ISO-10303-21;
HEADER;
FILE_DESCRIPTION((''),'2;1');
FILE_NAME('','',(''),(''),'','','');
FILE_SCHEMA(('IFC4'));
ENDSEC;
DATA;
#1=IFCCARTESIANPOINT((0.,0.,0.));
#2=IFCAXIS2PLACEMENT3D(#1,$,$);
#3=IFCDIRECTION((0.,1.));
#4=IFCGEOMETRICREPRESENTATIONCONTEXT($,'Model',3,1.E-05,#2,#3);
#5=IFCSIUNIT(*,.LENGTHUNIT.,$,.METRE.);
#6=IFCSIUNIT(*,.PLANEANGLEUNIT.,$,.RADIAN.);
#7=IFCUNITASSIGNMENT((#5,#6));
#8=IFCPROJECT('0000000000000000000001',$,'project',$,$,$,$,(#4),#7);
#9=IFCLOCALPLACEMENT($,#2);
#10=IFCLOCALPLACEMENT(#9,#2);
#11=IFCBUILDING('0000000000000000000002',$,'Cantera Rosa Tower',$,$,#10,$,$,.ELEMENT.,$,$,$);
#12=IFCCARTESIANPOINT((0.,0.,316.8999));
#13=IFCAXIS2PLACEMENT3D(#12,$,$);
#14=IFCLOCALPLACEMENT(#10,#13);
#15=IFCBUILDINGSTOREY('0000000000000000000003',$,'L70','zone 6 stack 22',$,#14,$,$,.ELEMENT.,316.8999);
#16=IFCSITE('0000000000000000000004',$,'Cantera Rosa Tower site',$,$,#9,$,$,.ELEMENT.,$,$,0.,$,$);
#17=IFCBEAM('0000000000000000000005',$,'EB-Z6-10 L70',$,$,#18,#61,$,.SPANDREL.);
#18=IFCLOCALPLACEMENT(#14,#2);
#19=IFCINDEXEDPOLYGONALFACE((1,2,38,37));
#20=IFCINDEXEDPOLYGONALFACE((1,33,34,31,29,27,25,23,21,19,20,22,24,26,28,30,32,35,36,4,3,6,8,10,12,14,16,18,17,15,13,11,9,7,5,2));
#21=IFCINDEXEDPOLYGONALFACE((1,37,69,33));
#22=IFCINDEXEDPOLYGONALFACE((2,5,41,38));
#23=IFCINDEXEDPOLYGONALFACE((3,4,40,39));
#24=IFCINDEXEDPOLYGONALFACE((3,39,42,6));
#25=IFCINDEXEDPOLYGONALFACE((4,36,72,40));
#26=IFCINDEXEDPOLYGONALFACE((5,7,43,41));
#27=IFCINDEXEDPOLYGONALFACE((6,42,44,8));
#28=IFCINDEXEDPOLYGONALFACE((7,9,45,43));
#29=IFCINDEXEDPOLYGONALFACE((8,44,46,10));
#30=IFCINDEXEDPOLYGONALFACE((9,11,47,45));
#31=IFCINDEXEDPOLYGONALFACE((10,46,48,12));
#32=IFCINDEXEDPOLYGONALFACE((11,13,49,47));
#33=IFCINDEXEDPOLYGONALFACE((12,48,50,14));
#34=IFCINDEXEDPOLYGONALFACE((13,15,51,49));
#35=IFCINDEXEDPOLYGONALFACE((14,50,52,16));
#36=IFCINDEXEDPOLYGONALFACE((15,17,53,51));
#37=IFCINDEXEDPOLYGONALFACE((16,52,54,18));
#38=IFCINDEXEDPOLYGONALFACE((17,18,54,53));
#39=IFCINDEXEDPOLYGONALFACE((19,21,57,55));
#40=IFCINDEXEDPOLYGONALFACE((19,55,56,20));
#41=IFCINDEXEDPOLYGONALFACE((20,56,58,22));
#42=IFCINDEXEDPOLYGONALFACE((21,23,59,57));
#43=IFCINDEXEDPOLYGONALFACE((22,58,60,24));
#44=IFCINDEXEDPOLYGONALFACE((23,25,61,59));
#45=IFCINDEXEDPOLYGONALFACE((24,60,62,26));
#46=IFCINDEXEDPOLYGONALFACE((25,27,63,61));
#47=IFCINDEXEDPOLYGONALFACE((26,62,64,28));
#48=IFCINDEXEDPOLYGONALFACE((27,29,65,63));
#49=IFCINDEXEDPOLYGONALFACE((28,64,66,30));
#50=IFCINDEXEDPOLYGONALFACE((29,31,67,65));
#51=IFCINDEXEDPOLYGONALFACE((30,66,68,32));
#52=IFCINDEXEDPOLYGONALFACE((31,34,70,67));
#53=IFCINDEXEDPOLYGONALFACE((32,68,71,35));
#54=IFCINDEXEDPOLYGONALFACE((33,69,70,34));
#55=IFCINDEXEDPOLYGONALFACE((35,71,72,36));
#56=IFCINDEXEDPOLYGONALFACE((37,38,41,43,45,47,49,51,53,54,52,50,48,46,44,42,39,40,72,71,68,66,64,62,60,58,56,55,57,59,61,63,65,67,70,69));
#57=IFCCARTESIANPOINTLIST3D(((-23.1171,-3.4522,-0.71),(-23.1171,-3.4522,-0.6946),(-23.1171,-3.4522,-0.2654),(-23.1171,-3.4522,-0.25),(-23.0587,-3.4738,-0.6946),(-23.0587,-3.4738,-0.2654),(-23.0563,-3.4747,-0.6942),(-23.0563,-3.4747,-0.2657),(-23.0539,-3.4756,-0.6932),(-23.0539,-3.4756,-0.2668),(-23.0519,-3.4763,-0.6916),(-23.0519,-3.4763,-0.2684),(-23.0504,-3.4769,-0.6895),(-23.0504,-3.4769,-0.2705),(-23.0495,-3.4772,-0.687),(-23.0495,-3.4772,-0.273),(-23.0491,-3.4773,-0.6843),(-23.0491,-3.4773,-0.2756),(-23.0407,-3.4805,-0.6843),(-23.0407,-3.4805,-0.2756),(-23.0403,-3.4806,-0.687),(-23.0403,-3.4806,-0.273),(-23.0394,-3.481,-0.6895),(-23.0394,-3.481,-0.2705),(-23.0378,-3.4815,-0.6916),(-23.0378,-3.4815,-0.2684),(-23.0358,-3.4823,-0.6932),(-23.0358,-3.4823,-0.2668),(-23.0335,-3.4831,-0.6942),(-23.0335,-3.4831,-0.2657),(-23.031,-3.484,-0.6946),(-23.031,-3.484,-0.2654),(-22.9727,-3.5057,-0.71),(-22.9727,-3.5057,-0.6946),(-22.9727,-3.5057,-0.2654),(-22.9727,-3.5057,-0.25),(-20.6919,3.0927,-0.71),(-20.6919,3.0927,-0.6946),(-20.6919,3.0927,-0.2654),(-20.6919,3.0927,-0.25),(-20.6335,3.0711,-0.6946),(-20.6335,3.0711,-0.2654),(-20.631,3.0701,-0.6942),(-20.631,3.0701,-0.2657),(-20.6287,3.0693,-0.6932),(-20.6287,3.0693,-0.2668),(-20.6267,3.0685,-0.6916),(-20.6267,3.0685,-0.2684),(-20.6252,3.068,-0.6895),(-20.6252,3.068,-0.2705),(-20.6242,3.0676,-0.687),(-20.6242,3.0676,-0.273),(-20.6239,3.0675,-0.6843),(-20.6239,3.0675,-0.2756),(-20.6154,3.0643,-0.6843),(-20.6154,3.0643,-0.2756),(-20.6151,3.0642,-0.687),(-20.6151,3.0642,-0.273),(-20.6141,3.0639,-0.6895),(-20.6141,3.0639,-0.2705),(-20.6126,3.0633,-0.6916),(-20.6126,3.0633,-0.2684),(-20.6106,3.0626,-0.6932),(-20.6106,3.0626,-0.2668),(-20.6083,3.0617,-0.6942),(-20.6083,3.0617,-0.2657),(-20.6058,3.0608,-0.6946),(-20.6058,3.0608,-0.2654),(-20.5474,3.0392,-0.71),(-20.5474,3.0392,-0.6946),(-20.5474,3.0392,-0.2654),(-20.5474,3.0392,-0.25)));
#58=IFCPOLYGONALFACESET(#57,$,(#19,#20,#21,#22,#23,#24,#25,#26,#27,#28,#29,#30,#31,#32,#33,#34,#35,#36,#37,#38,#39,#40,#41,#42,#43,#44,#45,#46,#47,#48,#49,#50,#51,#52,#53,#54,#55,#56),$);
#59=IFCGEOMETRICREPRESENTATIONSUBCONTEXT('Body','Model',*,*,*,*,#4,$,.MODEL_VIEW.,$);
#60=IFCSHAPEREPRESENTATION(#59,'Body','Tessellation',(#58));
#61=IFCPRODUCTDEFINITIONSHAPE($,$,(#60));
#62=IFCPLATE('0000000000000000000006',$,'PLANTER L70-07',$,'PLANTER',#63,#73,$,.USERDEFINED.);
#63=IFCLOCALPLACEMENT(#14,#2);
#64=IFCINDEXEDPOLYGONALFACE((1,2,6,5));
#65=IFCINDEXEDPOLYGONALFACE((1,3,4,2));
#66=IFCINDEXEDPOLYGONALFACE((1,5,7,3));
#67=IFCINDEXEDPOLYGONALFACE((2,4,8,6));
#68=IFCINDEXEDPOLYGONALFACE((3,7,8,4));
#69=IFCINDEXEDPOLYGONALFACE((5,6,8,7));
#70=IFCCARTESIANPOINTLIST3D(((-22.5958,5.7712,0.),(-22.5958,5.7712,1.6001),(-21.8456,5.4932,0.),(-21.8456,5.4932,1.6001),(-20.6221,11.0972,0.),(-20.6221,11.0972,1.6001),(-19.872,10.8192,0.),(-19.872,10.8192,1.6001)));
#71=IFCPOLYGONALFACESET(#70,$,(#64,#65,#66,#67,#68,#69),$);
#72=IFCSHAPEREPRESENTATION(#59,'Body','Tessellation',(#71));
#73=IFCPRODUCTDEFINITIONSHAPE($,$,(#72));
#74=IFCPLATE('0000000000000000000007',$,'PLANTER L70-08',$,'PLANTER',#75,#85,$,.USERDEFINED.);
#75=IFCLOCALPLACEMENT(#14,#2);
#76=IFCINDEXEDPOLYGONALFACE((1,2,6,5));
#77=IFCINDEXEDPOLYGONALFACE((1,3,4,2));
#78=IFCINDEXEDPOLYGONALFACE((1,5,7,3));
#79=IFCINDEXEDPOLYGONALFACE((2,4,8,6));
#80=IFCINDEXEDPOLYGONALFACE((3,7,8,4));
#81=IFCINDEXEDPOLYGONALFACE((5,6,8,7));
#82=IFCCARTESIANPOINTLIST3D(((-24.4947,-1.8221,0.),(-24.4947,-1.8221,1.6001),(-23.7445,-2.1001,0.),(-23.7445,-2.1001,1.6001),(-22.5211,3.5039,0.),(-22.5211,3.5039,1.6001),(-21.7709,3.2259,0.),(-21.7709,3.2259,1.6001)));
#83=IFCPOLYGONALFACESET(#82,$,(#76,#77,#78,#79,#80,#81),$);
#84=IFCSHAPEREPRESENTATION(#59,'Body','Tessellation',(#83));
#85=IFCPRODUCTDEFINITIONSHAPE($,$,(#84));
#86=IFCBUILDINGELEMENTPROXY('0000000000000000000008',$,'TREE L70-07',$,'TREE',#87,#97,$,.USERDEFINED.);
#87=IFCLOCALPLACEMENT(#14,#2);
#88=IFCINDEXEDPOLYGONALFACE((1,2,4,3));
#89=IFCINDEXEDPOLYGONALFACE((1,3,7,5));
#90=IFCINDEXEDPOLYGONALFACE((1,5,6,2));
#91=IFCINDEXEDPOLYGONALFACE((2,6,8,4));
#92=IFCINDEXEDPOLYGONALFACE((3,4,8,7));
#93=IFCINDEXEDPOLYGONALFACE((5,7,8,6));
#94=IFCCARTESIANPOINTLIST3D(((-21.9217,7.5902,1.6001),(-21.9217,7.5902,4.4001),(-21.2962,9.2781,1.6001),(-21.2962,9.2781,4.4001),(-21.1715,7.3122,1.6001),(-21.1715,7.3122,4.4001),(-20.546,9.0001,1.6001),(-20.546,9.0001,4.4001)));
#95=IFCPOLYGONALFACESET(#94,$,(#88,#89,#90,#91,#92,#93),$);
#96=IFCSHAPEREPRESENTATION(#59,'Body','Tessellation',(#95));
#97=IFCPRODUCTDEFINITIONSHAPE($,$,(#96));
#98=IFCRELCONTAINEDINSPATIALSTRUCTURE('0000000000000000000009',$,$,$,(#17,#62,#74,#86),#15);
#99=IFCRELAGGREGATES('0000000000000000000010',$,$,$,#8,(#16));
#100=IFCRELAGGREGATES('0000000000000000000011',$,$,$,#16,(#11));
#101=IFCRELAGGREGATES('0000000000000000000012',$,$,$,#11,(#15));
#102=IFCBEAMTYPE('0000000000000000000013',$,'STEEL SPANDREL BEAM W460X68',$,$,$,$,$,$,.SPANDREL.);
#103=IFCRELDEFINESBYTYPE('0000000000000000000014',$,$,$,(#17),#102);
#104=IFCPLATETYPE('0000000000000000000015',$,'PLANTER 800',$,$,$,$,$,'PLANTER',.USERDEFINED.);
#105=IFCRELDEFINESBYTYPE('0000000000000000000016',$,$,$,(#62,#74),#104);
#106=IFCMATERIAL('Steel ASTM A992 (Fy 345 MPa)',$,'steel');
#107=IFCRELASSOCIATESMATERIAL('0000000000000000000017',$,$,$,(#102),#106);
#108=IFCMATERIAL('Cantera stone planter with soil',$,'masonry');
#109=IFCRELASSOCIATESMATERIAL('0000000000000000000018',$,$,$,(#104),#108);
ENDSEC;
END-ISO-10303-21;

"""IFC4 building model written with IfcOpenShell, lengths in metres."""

from ifc_helpers import new_model, si_unit, direction, frame, origin, origin_2d, place, context, subcontext, project, spatial, rectangle, i_section, extrude, material, material_profile, profile_set, type_object, element, save


model = new_model("IFC4")

# Units and contexts
model_context = context("Model", 3, precision=1e-05, world=origin(), true_north=direction((0.0, 1.0)))
body_context = subcontext(model_context, "Body", "Model", "MODEL_VIEW")
ifc_project = project(units=[si_unit("LENGTHUNIT", "METRE"), si_unit("PLANEANGLEUNIT", "RADIAN")], contexts=[model_context])

# Site, building, storey
site_placement = place(None, origin())
site = spatial("IfcSite", under=ifc_project, at=site_placement, Name="Cantera Rosa Tower site", CompositionType="ELEMENT", RefElevation=0.0)
building_placement = place(site_placement, origin())
building = spatial("IfcBuilding", under=site, at=building_placement, Name="Cantera Rosa Tower", CompositionType="ELEMENT")
storey_placement = place(building_placement, frame((0.0, 0.0, 316.8999)))
storey = spatial("IfcBuildingStorey", under=building, at=storey_placement, Name="L70", Description="zone 6 stack 22", CompositionType="ELEMENT", Elevation=316.8999)

# Beam
ifc_material_1 = material(Name="Steel ASTM A992 (Fy 345 MPa)", Category="steel")
ifc_material_profile_1 = material_profile(ifc_material_1, i_section(OverallWidth=0.1541, OverallDepth=0.46, WebThickness=0.009, FlangeThickness=0.0154, FilletRadius=0.0103, at=origin_2d()), Name="W460X68")
ifc_profile_set_1 = profile_set([ifc_material_profile_1], Name="Steel ASTM A992 (Fy 345 MPa)")
beam_type_1 = type_object("IfcBeamType", Name="STEEL SPANDREL BEAM W460X68", PredefinedType="SPANDREL", material=ifc_profile_set_1)
beam_1_placement = place(storey_placement, frame((-20.6196, 3.0659, -0.48), z_axis=(-0.347472, -0.937691, 0.0), x_axis=(0.937691, -0.347472, 0.0)))
element("IfcBeam", 1, at=beam_1_placement, inside=storey, type_object=beam_type_1, Name="EB-Z6-10 L70", PredefinedType="SPANDREL", context=body_context, shape_type="SweptSolid", body=[
    extrude(i_section(OverallWidth=0.1541, OverallDepth=0.46, WebThickness=0.009, FlangeThickness=0.0154, FilletRadius=0.0103, at=origin_2d()), origin(), (0.0, 0.0, 1.0), 6.9797),
])

# Plates
ifc_material_2 = material(Name="Cantera stone planter with soil", Category="masonry")
plate_type = type_object("IfcPlateType", Name="PLANTER 800", ElementType="PLANTER", PredefinedType="USERDEFINED", material=ifc_material_2)
for number, where, z_axis, x_axis, name in (
    (2, (-21.2339, 8.2952, 0.0), (0.0, 0.0, 1.0), (-0.347481, -0.937687, 0.0), "PLANTER L70-07"),
    (3, (-23.1328, 0.7019, 0.0), (0.0, 0.0, 1.0), (-0.347481, -0.937687, 0.0), "PLANTER L70-08"),
):
    element("IfcPlate", number, at=place(storey_placement, frame(where, z_axis=z_axis, x_axis=x_axis)), inside=storey, type_object=plate_type, Name=name, ObjectType="PLANTER", PredefinedType="USERDEFINED", context=body_context, shape_type="SweptSolid", body=[
        extrude(rectangle(XDim=5.6799, YDim=0.8, at=origin_2d()), origin(), (0.0, 0.0, 1.0), 1.6001),
    ])

# Building element proxy
proxy_placement = place(storey_placement, frame((-21.2339, 8.2952, 1.6001), z_axis=(0.0, 0.0, 1.0), x_axis=(-0.347481, -0.937687, 0.0)))
element("IfcBuildingElementProxy", 4, at=proxy_placement, inside=storey, Name="TREE L70-07", ObjectType="TREE", PredefinedType="USERDEFINED", context=body_context, shape_type="SweptSolid", body=[
    extrude(rectangle(XDim=1.8, YDim=0.8, at=origin_2d()), origin(), (0.0, 0.0, 1.0), 2.8),
])

save(model, "model.ifc")
